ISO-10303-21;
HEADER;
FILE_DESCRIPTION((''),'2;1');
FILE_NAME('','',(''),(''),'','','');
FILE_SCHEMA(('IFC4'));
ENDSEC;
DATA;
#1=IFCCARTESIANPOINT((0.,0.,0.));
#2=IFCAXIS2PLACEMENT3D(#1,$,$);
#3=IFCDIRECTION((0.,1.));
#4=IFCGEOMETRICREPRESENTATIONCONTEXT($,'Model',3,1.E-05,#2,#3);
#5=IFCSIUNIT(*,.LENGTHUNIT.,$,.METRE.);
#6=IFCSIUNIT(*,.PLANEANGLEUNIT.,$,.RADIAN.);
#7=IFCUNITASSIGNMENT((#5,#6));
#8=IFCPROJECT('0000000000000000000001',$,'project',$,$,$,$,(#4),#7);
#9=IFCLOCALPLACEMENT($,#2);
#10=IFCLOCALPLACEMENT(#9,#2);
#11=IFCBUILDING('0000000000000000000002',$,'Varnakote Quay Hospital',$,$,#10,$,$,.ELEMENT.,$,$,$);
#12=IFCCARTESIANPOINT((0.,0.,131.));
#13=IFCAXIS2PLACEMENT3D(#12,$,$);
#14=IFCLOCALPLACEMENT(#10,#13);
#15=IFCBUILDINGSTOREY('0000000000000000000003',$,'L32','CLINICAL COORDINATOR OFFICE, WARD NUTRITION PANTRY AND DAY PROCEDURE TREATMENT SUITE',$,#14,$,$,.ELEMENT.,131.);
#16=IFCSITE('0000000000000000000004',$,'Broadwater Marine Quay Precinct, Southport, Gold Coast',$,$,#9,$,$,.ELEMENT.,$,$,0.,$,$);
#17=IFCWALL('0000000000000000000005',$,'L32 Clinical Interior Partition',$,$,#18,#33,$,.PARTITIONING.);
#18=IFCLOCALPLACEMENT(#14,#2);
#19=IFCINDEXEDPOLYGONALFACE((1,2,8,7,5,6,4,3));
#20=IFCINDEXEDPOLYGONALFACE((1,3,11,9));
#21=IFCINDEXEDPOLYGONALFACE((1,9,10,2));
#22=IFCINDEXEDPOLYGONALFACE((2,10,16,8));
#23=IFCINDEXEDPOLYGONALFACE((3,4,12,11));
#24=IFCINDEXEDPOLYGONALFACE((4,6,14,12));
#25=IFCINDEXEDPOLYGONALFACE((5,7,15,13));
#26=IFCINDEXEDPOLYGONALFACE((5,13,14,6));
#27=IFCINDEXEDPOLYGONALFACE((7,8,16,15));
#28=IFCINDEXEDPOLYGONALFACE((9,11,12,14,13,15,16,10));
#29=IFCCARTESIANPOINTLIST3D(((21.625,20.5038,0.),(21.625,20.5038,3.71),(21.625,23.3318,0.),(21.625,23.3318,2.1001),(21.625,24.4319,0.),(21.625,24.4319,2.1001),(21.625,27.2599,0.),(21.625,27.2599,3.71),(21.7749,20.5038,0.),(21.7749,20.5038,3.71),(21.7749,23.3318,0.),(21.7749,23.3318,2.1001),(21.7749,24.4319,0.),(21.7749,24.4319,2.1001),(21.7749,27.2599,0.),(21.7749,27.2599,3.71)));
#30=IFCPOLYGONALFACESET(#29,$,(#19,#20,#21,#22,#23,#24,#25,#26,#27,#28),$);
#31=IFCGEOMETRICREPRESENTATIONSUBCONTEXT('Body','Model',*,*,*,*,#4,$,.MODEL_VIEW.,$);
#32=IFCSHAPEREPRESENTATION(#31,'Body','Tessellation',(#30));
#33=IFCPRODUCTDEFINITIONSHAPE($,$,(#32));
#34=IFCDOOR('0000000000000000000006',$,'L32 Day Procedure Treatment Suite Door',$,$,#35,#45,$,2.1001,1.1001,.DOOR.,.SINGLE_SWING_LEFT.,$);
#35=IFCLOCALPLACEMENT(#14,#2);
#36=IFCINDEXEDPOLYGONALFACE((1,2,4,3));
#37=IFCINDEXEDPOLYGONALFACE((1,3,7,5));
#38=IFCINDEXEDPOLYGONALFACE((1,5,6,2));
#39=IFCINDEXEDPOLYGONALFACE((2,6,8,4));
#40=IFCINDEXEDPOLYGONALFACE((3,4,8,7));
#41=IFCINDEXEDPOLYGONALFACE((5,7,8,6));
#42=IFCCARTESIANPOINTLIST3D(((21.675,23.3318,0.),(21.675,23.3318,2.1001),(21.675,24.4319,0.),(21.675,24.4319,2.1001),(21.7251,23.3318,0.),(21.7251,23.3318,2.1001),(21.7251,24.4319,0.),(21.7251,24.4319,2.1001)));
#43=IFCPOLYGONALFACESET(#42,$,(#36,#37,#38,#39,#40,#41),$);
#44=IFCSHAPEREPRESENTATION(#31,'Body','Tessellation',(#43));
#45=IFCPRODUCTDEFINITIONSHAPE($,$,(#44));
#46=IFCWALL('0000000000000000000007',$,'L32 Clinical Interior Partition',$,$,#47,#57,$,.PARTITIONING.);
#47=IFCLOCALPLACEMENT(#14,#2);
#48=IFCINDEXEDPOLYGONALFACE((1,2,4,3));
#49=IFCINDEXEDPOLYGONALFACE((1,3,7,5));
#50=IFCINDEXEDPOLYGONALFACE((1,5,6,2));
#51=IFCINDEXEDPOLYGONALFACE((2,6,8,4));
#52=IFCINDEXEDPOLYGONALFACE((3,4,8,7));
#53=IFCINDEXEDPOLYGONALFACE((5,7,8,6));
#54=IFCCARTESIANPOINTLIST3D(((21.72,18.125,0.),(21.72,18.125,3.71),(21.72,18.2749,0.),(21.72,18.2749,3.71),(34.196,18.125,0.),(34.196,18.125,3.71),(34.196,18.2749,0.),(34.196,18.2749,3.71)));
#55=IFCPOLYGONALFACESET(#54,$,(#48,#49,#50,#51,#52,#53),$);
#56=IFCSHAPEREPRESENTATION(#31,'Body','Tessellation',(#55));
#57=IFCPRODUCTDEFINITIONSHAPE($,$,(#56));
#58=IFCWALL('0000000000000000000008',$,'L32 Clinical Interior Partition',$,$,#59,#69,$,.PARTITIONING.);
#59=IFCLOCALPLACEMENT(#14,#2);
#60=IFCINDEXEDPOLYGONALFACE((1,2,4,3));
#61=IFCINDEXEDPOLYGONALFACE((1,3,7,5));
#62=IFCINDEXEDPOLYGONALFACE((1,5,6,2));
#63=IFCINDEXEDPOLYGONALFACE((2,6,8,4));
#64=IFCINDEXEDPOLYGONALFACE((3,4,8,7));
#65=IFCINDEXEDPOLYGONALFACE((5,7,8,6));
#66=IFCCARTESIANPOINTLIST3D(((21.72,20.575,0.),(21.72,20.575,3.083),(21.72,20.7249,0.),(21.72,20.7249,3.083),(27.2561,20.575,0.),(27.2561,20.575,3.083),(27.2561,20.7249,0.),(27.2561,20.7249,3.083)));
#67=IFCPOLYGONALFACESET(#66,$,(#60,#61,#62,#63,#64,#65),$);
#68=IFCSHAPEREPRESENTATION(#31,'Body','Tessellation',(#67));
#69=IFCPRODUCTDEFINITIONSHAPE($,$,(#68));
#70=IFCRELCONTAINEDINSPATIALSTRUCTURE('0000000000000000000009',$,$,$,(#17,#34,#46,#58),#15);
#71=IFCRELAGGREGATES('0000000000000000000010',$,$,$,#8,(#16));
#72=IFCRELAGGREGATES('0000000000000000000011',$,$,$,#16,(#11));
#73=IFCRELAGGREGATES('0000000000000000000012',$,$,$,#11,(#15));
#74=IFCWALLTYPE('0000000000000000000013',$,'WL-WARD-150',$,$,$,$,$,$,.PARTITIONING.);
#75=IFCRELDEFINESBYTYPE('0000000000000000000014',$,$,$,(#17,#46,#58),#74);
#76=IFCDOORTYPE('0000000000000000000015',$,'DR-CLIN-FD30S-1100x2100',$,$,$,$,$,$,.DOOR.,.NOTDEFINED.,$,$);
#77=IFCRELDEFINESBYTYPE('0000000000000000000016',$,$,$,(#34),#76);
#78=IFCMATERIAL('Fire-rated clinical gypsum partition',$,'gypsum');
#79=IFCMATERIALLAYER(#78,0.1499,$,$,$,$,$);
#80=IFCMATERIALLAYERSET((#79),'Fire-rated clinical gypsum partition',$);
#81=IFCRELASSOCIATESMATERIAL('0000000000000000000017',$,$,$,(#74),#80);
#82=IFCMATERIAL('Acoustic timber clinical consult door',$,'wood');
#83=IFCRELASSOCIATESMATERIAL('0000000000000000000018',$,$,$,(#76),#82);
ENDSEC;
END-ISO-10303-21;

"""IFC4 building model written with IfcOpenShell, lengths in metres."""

from ifc_helpers import new_model, si_unit, direction, frame, frame_2d, origin, place, context, subcontext, project, spatial, rectangle, extrude, material, layer, layer_set, type_object, element, fill, save


model = new_model("IFC4")

# Units and contexts
model_context = context("Model", 3, precision=1e-05, world=origin(), true_north=direction((0.0, 1.0)))
body_context = subcontext(model_context, "Body", "Model", "MODEL_VIEW")
ifc_project = project(units=[si_unit("LENGTHUNIT", "METRE"), si_unit("PLANEANGLEUNIT", "RADIAN")], contexts=[model_context])

# Site, building, storey
site_placement = place(None, origin())
site = spatial("IfcSite", under=ifc_project, at=site_placement, Name="Broadwater Marine Quay Precinct, Southport, Gold Coast", CompositionType="ELEMENT", RefElevation=0.0)
building_placement = place(site_placement, origin())
building = spatial("IfcBuilding", under=site, at=building_placement, Name="Varnakote Quay Hospital", CompositionType="ELEMENT")
storey_placement = place(building_placement, frame((0.0, 0.0, 131.0)))
storey = spatial("IfcBuildingStorey", under=building, at=storey_placement, Name="L32", Description="CLINICAL COORDINATOR OFFICE, WARD NUTRITION PANTRY AND DAY PROCEDURE TREATMENT SUITE", CompositionType="ELEMENT", Elevation=131.0)

# Shared definitions
ifc_material_1 = material(Name="Fire-rated clinical gypsum partition", Category="gypsum")
ifc_layer_1 = layer(ifc_material_1, 0.1499)
ifc_layer_set_1 = layer_set([ifc_layer_1], Name="Fire-rated clinical gypsum partition")
wall_type_1 = type_object("IfcWallType", Name="WL-WARD-150", PredefinedType="PARTITIONING", material=ifc_layer_set_1)
ifc_material_2 = material(Name="Acoustic timber clinical consult door", Category="wood")
door_type_1 = type_object("IfcDoorType", Name="DR-CLIN-FD30S-1100x2100", OperationType="NOTDEFINED", PredefinedType="DOOR", material=ifc_material_2)

# Wall, opening, door
wall_1_placement = place(storey_placement, frame((21.7, 20.5039, 0.0), z_axis=(0.0, 0.0, 1.0), x_axis=(0.0, 1.0, 0.0)))
wall_1 = element("IfcWall", 1, at=wall_1_placement, inside=storey, type_object=wall_type_1, Name="L32 Clinical Interior Partition", PredefinedType="PARTITIONING", context=body_context, shape_type="SweptSolid", body=[
    extrude(rectangle(XDim=6.7561, YDim=0.1499, at=frame_2d((3.3779, 0.0))), origin(), (0.0, 0.0, 1.0), 3.71),
])
opening_1_placement = place(wall_1_placement, frame((2.8279, 0.0, 0.0)))
opening_1 = element("IfcOpeningElement", 2, at=opening_1_placement, cuts=wall_1, PredefinedType="OPENING", context=body_context, shape_type="SweptSolid", body=[
    extrude(rectangle(XDim=1.1001, YDim=2.1001, at=frame_2d((0.55, 1.05))), frame((0.0, 0.085, 0.0), z_axis=(0.0, -1.0, 0.0), x_axis=(1.0, 0.0, 0.0)), (0.0, 0.0, 1.0), 0.1699),
])
door_1_placement = place(opening_1_placement, origin())
door_1 = element("IfcDoor", 3, at=door_1_placement, inside=storey, type_object=door_type_1, Name="L32 Day Procedure Treatment Suite Door", OperationType="SINGLE_SWING_LEFT", OverallHeight=2.1001, OverallWidth=1.1001, PredefinedType="DOOR", context=body_context, shape_type="SweptSolid", body=[
    extrude(rectangle(XDim=1.1001, YDim=2.1001, at=frame_2d((0.55, 1.05))), frame((0.0, 0.0249, 0.0), z_axis=(0.0, -1.0, 0.0), x_axis=(1.0, 0.0, 0.0)), (0.0, 0.0, 1.0), 0.05),
])
fill(opening_1, door_1)

# Walls
wall_2_placement = place(storey_placement, frame((21.72, 18.2, 0.0), z_axis=(0.0, 0.0, 1.0), x_axis=(1.0, 0.0, 0.0)))
element("IfcWall", 4, at=wall_2_placement, inside=storey, type_object=wall_type_1, Name="L32 Clinical Interior Partition", PredefinedType="PARTITIONING", context=body_context, shape_type="SweptSolid", body=[
    extrude(rectangle(XDim=12.4761, YDim=0.1499, at=frame_2d((6.238, 0.0))), origin(), (0.0, 0.0, 1.0), 3.71),
])
wall_3_placement = place(storey_placement, frame((27.2561, 20.6499, 0.0), z_axis=(0.0, 0.0, 1.0), x_axis=(-1.0, 0.0, 0.0)))
element("IfcWall", 5, at=wall_3_placement, inside=storey, type_object=wall_type_1, Name="L32 Clinical Interior Partition", PredefinedType="PARTITIONING", context=body_context, shape_type="SweptSolid", body=[
    extrude(rectangle(XDim=5.5361, YDim=0.1499, at=frame_2d((2.7681, 0.0))), origin(), (0.0, 0.0, 1.0), 3.083),
])

save(model, "model.ifc")
